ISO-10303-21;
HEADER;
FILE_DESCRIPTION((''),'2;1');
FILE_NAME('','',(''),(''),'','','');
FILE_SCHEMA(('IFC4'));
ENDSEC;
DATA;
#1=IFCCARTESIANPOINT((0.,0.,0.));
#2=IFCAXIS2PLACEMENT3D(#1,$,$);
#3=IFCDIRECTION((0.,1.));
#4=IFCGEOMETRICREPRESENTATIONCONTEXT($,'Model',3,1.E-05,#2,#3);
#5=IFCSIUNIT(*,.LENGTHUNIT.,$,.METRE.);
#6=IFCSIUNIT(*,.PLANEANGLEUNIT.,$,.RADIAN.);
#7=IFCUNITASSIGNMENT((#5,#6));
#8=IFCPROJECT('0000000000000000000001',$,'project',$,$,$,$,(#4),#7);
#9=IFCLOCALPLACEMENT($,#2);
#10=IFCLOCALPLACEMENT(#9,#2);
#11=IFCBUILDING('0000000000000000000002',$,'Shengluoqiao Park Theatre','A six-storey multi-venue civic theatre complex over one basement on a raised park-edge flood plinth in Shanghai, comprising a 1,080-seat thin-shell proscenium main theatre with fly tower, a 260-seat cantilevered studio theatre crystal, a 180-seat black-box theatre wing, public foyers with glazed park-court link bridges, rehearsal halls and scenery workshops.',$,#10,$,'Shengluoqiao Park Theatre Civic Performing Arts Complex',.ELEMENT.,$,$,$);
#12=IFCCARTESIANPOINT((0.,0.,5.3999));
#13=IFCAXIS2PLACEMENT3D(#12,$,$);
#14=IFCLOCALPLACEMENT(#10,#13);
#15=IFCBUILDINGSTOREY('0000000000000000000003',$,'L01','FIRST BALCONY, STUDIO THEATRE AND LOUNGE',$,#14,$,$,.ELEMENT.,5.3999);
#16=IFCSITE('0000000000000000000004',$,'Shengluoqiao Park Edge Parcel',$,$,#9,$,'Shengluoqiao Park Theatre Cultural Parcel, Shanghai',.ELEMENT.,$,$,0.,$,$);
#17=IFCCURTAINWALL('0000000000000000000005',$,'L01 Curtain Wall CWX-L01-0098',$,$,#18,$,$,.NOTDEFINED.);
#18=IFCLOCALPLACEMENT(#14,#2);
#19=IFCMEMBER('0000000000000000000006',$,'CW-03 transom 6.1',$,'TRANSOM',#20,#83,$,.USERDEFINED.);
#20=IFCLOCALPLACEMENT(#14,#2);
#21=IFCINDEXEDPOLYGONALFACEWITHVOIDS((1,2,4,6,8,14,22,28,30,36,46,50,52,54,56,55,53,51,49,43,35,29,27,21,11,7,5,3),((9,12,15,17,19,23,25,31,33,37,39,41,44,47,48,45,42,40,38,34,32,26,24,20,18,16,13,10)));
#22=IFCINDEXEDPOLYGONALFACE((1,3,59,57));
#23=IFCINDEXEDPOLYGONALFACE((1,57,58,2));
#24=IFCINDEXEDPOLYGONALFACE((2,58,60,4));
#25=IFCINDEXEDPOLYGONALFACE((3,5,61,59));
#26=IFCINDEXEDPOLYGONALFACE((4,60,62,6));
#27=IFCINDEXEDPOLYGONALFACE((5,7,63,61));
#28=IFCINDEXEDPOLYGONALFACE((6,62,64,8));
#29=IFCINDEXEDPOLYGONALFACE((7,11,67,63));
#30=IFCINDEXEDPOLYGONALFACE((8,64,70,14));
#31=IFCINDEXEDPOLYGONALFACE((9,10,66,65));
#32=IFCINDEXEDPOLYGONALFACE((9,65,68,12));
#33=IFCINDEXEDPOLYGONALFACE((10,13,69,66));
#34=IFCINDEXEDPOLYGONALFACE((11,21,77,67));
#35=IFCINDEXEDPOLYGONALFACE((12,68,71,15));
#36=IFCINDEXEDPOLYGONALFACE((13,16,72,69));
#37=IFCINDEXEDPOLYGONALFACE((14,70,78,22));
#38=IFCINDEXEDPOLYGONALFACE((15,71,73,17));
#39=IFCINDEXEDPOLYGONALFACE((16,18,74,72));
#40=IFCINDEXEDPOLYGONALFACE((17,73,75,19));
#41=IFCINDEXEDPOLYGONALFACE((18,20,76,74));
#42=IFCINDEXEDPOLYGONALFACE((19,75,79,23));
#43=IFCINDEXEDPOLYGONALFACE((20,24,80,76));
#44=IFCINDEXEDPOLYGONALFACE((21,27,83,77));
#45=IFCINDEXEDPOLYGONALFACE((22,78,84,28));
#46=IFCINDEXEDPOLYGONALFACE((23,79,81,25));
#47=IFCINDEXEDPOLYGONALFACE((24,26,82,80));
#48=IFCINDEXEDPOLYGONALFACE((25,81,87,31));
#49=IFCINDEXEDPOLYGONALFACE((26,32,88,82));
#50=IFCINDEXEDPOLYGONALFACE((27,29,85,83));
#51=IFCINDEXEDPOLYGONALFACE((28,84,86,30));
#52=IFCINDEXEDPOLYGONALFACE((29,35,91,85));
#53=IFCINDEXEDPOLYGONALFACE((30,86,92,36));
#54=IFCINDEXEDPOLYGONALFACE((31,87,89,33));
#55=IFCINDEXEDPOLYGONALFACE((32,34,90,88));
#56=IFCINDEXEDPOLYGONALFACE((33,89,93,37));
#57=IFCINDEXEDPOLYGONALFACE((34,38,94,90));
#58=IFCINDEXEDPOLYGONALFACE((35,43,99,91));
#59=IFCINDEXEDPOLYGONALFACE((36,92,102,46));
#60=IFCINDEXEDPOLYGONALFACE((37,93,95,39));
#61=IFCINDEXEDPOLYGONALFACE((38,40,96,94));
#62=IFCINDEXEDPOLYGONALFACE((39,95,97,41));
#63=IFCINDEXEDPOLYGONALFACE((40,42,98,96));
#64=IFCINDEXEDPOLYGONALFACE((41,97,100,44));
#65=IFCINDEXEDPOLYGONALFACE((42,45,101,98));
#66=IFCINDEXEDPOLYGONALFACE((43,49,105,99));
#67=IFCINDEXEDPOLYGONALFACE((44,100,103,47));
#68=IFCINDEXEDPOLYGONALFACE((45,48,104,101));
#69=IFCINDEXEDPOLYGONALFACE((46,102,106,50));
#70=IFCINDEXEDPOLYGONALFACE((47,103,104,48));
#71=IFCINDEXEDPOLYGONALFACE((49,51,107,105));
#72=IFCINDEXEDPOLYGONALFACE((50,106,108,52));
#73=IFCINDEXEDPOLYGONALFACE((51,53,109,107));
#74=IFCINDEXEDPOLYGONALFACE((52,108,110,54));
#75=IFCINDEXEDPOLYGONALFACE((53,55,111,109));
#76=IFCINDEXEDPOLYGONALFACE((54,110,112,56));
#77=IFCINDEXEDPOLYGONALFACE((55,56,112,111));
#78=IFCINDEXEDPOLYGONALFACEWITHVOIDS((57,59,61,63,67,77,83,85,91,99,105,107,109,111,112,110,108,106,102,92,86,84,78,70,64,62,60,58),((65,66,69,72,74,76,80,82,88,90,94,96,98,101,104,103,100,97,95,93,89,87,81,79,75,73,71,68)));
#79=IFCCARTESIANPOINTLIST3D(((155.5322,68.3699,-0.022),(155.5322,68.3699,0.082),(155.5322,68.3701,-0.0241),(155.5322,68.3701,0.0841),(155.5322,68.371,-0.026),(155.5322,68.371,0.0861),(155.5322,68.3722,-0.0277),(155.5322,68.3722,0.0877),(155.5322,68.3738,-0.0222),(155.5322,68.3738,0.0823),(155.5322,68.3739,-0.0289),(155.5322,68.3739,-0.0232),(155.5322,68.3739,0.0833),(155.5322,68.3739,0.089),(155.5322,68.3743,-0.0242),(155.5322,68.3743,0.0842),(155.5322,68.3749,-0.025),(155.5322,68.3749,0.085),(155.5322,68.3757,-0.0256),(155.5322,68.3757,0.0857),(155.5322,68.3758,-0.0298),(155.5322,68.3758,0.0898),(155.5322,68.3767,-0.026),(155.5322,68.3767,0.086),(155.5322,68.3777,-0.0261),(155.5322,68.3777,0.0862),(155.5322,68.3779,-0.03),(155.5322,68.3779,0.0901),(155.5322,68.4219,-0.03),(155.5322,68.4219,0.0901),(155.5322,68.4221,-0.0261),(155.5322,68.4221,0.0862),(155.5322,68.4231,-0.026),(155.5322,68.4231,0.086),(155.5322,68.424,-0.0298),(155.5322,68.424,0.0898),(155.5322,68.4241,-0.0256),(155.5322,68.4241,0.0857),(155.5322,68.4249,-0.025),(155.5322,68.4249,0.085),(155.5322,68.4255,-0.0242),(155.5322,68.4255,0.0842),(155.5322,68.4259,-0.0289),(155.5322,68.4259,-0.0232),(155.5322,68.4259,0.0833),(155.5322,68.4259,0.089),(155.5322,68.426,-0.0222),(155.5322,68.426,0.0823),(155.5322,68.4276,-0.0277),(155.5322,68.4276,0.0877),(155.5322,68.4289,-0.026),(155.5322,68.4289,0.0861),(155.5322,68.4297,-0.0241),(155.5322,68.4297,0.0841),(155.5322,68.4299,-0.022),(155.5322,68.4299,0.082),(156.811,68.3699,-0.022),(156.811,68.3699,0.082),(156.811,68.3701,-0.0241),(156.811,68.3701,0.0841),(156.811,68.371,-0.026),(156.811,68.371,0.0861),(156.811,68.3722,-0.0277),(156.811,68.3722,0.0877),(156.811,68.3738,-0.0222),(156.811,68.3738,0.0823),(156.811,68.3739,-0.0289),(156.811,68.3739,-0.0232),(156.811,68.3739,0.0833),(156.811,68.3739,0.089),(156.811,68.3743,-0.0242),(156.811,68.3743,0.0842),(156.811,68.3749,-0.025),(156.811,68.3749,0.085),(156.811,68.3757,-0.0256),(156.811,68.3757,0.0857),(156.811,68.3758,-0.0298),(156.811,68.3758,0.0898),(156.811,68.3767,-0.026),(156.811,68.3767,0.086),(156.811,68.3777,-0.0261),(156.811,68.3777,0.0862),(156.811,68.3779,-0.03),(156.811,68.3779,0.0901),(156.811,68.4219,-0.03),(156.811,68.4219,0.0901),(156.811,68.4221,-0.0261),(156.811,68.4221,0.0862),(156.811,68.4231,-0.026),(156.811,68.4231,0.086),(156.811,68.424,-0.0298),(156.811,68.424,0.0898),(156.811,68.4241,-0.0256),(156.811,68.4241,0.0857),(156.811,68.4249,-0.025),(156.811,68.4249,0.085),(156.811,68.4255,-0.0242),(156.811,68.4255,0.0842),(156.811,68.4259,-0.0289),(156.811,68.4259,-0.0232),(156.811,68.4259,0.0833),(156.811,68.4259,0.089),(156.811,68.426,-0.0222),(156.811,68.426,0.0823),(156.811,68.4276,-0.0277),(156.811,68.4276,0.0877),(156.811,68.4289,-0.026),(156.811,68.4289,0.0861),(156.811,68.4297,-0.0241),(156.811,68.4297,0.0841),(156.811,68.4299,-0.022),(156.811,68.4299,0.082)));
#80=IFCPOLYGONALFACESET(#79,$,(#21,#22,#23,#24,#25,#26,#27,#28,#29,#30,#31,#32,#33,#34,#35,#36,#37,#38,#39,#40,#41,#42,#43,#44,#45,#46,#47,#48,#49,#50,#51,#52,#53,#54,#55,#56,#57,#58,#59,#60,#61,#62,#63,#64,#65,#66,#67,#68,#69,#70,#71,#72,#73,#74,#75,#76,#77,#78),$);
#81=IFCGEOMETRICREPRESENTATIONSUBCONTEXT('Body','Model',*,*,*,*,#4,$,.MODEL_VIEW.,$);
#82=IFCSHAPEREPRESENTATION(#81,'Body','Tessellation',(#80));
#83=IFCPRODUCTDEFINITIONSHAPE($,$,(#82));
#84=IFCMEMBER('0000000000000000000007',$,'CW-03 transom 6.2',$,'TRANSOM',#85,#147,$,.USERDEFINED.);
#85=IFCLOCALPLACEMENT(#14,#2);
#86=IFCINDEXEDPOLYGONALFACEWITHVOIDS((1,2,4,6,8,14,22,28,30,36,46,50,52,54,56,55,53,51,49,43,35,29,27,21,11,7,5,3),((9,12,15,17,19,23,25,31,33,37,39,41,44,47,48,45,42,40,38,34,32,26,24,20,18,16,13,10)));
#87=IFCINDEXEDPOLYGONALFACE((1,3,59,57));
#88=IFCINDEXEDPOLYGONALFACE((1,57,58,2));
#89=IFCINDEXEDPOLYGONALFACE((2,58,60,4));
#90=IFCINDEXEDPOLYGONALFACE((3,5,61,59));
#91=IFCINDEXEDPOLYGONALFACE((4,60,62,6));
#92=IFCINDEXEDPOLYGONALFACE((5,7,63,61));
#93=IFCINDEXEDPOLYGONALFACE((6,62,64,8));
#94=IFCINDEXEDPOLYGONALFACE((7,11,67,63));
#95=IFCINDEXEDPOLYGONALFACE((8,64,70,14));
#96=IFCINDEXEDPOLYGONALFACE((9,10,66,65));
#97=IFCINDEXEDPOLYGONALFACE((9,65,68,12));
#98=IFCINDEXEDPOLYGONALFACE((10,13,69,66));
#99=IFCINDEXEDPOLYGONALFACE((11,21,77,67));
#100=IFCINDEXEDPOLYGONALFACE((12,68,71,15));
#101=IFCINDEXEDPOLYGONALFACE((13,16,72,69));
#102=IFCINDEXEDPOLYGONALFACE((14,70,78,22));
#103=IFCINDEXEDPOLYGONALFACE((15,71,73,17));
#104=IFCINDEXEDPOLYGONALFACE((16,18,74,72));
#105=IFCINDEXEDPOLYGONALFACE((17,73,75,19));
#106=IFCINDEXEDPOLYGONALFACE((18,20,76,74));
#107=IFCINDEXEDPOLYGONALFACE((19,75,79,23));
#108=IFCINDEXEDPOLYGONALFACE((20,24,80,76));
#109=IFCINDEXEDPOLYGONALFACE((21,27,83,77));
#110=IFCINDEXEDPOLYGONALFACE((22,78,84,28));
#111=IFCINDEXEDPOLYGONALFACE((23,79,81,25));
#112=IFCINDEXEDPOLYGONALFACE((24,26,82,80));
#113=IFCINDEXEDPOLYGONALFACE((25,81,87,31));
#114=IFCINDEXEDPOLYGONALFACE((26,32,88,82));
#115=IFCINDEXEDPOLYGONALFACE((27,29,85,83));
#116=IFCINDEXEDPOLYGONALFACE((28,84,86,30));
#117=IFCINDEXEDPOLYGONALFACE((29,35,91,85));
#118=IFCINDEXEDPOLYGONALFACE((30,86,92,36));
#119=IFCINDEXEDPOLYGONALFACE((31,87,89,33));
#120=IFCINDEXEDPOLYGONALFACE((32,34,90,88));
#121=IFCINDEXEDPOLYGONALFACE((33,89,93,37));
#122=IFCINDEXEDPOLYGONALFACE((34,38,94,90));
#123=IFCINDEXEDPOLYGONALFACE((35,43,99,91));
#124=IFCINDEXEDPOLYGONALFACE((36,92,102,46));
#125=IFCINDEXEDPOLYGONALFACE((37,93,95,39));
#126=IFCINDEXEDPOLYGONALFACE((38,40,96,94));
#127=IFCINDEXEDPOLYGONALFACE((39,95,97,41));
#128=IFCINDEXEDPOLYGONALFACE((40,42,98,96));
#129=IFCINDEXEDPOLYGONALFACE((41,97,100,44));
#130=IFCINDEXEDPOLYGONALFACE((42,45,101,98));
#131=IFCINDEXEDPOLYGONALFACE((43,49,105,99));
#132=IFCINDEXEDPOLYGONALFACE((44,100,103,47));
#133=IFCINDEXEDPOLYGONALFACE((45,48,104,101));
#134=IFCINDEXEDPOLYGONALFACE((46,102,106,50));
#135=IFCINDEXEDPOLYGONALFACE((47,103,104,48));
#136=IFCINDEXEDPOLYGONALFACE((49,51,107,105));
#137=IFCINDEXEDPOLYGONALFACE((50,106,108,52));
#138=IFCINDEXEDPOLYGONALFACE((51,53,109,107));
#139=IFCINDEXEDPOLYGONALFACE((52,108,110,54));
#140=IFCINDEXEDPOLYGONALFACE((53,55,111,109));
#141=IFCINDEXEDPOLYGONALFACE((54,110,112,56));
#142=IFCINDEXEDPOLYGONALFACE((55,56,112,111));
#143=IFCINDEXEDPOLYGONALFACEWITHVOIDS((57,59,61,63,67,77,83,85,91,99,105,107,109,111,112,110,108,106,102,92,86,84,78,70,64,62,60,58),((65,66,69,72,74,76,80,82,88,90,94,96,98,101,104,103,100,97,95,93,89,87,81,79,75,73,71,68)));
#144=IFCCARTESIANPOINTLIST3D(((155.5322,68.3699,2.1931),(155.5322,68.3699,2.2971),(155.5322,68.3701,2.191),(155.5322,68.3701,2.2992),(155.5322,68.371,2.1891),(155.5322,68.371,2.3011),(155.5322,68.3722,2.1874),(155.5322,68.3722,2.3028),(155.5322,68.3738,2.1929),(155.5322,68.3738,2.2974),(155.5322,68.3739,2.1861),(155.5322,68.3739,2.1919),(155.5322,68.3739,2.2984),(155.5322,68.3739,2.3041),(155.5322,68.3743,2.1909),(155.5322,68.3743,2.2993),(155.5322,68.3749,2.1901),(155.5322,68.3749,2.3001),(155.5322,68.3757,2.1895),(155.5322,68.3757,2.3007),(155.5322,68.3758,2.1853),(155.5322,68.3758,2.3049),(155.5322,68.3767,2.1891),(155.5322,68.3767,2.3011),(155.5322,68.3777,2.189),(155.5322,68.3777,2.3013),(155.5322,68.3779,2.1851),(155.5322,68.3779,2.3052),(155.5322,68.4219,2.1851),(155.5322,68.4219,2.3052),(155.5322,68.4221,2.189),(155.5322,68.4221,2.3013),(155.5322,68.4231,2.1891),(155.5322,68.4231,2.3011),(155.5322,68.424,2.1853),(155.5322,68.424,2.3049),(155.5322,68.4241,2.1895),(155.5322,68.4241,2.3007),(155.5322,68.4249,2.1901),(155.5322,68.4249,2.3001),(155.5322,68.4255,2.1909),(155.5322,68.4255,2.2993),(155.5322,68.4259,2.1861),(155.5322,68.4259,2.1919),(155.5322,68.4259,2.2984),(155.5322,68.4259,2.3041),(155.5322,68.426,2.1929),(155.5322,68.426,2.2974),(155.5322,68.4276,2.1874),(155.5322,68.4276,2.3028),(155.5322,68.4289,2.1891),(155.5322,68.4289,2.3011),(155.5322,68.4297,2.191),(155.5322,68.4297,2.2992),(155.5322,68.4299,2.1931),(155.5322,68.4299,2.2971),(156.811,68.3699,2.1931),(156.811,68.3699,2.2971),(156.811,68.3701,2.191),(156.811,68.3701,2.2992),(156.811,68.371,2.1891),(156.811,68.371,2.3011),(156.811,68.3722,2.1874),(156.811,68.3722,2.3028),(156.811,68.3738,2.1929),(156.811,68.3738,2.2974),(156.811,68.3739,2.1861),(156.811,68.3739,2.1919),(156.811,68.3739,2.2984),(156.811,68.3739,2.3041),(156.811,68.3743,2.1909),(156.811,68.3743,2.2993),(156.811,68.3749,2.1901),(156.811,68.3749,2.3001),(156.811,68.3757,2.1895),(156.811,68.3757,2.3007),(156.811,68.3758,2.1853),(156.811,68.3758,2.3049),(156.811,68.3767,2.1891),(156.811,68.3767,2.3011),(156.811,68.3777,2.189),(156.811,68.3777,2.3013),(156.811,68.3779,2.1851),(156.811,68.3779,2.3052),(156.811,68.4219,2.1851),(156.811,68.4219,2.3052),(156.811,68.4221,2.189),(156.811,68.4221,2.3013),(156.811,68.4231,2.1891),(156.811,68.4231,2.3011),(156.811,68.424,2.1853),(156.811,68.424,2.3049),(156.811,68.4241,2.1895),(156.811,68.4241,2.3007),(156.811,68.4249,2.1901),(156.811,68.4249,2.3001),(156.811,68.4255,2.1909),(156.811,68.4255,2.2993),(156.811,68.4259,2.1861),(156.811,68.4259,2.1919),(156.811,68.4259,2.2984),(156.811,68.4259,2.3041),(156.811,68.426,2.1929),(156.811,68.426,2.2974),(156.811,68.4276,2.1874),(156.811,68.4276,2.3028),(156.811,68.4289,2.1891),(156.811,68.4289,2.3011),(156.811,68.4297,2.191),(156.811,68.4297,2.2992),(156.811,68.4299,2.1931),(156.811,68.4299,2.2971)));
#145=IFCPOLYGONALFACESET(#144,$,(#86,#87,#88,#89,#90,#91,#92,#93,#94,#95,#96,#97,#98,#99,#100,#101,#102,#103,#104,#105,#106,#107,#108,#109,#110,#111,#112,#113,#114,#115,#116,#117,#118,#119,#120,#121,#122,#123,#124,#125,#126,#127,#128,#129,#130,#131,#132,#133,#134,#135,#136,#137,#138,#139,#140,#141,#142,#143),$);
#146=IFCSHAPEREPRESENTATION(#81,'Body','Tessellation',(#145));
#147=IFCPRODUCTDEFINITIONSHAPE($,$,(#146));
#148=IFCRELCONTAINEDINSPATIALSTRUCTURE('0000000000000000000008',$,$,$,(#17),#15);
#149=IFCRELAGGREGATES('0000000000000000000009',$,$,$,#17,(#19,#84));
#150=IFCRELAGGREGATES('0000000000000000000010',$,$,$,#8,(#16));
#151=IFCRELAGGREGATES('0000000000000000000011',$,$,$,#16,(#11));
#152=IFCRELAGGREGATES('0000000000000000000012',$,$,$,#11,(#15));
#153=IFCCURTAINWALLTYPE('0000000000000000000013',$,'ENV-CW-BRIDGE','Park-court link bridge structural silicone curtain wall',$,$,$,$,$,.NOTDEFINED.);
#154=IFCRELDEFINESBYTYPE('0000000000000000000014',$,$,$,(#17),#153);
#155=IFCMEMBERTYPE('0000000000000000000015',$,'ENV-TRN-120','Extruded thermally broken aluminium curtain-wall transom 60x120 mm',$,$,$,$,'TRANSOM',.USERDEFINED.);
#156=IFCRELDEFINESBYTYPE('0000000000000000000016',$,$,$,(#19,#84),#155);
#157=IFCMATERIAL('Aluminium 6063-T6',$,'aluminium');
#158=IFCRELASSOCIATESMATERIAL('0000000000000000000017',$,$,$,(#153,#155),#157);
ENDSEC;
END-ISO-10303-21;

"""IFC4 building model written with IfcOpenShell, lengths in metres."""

from ifc_helpers import new_model, si_unit, direction, frame, origin, origin_2d, place, context, subcontext, project, spatial, hollow_rectangle, extrude, material, material_profile, profile_set, type_object, element, aggregate, save


model = new_model("IFC4")

# Units and contexts
model_context = context("Model", 3, precision=1e-05, world=origin(), true_north=direction((0.0, 1.0)))
body_context = subcontext(model_context, "Body", "Model", "MODEL_VIEW")
ifc_project = project(units=[si_unit("LENGTHUNIT", "METRE"), si_unit("PLANEANGLEUNIT", "RADIAN")], contexts=[model_context])

# Site, building, storey
site_placement = place(None, origin())
site = spatial("IfcSite", under=ifc_project, at=site_placement, Name="Shengluoqiao Park Edge Parcel", LongName="Shengluoqiao Park Theatre Cultural Parcel, Shanghai", CompositionType="ELEMENT", RefElevation=0.0)
building_placement = place(site_placement, origin())
building = spatial("IfcBuilding", under=site, at=building_placement, Name="Shengluoqiao Park Theatre", Description="A six-storey multi-venue civic theatre complex over one basement on a raised park-edge flood plinth in Shanghai, comprising a 1,080-seat thin-shell proscenium main theatre with fly tower, a 260-seat cantilevered studio theatre crystal, a 180-seat black-box theatre wing, public foyers with glazed park-court link bridges, rehearsal halls and scenery workshops.", LongName="Shengluoqiao Park Theatre Civic Performing Arts Complex", CompositionType="ELEMENT")
storey_placement = place(building_placement, frame((0.0, 0.0, 5.3999)))
storey = spatial("IfcBuildingStorey", under=building, at=storey_placement, Name="L01", Description="FIRST BALCONY, STUDIO THEATRE AND LOUNGE", CompositionType="ELEMENT", Elevation=5.3999)

# Curtain wall
ifc_material_1 = material(Name="Aluminium 6063-T6", Category="aluminium")
curtain_wall_type_1 = type_object("IfcCurtainWallType", Name="ENV-CW-BRIDGE", Description="Park-court link bridge structural silicone curtain wall", PredefinedType="NOTDEFINED", material=ifc_material_1)
curtain_wall_1_placement = place(storey_placement, origin())
curtain_wall_1 = element("IfcCurtainWall", 1, at=curtain_wall_1_placement, inside=storey, type_object=curtain_wall_type_1, Name="L01 Curtain Wall CWX-L01-0098", PredefinedType="NOTDEFINED")

# Members
ifc_material_profile_1 = material_profile(ifc_material_1, hollow_rectangle(XDim=0.0601, YDim=0.1201, WallThickness=0.0039, InnerFilletRadius=0.0039, OuterFilletRadius=0.0081, at=origin_2d()), Name="ALU TRANSOM 120x60x4")
ifc_profile_set_1 = profile_set([ifc_material_profile_1], Name="Aluminium 6063-T6")
member_type_1 = type_object("IfcMemberType", Name="ENV-TRN-120", Description="Extruded thermally broken aluminium curtain-wall transom 60x120 mm", ElementType="TRANSOM", PredefinedType="USERDEFINED", material=ifc_profile_set_1)
member_1_placement = place(storey_placement, frame((155.5322, 68.3999, 0.03), z_axis=(1.0, 0.0, 0.0), x_axis=(0.0, 1.0, 0.0)))
member_1 = element("IfcMember", 2, at=member_1_placement, type_object=member_type_1, Name="CW-03 transom 6.1", ObjectType="TRANSOM", PredefinedType="USERDEFINED", context=body_context, shape_type="SweptSolid", body=[
    extrude(hollow_rectangle(XDim=0.0601, YDim=0.1201, WallThickness=0.0039, InnerFilletRadius=0.0039, OuterFilletRadius=0.0081, at=origin_2d()), origin(), (0.0, 0.0, 1.0), 1.2788),
])
member_2_placement = place(storey_placement, frame((155.5322, 68.3999, 2.2451), z_axis=(1.0, 0.0, 0.0), x_axis=(0.0, 1.0, 0.0)))
member_2 = element("IfcMember", 3, at=member_2_placement, type_object=member_type_1, Name="CW-03 transom 6.2", ObjectType="TRANSOM", PredefinedType="USERDEFINED", context=body_context, shape_type="SweptSolid", body=[
    extrude(hollow_rectangle(XDim=0.0601, YDim=0.1201, WallThickness=0.0039, InnerFilletRadius=0.0039, OuterFilletRadius=0.0081, at=origin_2d()), origin(), (0.0, 0.0, 1.0), 1.2788),
])

aggregate(curtain_wall_1, [member_1, member_2])

save(model, "model.ifc")
